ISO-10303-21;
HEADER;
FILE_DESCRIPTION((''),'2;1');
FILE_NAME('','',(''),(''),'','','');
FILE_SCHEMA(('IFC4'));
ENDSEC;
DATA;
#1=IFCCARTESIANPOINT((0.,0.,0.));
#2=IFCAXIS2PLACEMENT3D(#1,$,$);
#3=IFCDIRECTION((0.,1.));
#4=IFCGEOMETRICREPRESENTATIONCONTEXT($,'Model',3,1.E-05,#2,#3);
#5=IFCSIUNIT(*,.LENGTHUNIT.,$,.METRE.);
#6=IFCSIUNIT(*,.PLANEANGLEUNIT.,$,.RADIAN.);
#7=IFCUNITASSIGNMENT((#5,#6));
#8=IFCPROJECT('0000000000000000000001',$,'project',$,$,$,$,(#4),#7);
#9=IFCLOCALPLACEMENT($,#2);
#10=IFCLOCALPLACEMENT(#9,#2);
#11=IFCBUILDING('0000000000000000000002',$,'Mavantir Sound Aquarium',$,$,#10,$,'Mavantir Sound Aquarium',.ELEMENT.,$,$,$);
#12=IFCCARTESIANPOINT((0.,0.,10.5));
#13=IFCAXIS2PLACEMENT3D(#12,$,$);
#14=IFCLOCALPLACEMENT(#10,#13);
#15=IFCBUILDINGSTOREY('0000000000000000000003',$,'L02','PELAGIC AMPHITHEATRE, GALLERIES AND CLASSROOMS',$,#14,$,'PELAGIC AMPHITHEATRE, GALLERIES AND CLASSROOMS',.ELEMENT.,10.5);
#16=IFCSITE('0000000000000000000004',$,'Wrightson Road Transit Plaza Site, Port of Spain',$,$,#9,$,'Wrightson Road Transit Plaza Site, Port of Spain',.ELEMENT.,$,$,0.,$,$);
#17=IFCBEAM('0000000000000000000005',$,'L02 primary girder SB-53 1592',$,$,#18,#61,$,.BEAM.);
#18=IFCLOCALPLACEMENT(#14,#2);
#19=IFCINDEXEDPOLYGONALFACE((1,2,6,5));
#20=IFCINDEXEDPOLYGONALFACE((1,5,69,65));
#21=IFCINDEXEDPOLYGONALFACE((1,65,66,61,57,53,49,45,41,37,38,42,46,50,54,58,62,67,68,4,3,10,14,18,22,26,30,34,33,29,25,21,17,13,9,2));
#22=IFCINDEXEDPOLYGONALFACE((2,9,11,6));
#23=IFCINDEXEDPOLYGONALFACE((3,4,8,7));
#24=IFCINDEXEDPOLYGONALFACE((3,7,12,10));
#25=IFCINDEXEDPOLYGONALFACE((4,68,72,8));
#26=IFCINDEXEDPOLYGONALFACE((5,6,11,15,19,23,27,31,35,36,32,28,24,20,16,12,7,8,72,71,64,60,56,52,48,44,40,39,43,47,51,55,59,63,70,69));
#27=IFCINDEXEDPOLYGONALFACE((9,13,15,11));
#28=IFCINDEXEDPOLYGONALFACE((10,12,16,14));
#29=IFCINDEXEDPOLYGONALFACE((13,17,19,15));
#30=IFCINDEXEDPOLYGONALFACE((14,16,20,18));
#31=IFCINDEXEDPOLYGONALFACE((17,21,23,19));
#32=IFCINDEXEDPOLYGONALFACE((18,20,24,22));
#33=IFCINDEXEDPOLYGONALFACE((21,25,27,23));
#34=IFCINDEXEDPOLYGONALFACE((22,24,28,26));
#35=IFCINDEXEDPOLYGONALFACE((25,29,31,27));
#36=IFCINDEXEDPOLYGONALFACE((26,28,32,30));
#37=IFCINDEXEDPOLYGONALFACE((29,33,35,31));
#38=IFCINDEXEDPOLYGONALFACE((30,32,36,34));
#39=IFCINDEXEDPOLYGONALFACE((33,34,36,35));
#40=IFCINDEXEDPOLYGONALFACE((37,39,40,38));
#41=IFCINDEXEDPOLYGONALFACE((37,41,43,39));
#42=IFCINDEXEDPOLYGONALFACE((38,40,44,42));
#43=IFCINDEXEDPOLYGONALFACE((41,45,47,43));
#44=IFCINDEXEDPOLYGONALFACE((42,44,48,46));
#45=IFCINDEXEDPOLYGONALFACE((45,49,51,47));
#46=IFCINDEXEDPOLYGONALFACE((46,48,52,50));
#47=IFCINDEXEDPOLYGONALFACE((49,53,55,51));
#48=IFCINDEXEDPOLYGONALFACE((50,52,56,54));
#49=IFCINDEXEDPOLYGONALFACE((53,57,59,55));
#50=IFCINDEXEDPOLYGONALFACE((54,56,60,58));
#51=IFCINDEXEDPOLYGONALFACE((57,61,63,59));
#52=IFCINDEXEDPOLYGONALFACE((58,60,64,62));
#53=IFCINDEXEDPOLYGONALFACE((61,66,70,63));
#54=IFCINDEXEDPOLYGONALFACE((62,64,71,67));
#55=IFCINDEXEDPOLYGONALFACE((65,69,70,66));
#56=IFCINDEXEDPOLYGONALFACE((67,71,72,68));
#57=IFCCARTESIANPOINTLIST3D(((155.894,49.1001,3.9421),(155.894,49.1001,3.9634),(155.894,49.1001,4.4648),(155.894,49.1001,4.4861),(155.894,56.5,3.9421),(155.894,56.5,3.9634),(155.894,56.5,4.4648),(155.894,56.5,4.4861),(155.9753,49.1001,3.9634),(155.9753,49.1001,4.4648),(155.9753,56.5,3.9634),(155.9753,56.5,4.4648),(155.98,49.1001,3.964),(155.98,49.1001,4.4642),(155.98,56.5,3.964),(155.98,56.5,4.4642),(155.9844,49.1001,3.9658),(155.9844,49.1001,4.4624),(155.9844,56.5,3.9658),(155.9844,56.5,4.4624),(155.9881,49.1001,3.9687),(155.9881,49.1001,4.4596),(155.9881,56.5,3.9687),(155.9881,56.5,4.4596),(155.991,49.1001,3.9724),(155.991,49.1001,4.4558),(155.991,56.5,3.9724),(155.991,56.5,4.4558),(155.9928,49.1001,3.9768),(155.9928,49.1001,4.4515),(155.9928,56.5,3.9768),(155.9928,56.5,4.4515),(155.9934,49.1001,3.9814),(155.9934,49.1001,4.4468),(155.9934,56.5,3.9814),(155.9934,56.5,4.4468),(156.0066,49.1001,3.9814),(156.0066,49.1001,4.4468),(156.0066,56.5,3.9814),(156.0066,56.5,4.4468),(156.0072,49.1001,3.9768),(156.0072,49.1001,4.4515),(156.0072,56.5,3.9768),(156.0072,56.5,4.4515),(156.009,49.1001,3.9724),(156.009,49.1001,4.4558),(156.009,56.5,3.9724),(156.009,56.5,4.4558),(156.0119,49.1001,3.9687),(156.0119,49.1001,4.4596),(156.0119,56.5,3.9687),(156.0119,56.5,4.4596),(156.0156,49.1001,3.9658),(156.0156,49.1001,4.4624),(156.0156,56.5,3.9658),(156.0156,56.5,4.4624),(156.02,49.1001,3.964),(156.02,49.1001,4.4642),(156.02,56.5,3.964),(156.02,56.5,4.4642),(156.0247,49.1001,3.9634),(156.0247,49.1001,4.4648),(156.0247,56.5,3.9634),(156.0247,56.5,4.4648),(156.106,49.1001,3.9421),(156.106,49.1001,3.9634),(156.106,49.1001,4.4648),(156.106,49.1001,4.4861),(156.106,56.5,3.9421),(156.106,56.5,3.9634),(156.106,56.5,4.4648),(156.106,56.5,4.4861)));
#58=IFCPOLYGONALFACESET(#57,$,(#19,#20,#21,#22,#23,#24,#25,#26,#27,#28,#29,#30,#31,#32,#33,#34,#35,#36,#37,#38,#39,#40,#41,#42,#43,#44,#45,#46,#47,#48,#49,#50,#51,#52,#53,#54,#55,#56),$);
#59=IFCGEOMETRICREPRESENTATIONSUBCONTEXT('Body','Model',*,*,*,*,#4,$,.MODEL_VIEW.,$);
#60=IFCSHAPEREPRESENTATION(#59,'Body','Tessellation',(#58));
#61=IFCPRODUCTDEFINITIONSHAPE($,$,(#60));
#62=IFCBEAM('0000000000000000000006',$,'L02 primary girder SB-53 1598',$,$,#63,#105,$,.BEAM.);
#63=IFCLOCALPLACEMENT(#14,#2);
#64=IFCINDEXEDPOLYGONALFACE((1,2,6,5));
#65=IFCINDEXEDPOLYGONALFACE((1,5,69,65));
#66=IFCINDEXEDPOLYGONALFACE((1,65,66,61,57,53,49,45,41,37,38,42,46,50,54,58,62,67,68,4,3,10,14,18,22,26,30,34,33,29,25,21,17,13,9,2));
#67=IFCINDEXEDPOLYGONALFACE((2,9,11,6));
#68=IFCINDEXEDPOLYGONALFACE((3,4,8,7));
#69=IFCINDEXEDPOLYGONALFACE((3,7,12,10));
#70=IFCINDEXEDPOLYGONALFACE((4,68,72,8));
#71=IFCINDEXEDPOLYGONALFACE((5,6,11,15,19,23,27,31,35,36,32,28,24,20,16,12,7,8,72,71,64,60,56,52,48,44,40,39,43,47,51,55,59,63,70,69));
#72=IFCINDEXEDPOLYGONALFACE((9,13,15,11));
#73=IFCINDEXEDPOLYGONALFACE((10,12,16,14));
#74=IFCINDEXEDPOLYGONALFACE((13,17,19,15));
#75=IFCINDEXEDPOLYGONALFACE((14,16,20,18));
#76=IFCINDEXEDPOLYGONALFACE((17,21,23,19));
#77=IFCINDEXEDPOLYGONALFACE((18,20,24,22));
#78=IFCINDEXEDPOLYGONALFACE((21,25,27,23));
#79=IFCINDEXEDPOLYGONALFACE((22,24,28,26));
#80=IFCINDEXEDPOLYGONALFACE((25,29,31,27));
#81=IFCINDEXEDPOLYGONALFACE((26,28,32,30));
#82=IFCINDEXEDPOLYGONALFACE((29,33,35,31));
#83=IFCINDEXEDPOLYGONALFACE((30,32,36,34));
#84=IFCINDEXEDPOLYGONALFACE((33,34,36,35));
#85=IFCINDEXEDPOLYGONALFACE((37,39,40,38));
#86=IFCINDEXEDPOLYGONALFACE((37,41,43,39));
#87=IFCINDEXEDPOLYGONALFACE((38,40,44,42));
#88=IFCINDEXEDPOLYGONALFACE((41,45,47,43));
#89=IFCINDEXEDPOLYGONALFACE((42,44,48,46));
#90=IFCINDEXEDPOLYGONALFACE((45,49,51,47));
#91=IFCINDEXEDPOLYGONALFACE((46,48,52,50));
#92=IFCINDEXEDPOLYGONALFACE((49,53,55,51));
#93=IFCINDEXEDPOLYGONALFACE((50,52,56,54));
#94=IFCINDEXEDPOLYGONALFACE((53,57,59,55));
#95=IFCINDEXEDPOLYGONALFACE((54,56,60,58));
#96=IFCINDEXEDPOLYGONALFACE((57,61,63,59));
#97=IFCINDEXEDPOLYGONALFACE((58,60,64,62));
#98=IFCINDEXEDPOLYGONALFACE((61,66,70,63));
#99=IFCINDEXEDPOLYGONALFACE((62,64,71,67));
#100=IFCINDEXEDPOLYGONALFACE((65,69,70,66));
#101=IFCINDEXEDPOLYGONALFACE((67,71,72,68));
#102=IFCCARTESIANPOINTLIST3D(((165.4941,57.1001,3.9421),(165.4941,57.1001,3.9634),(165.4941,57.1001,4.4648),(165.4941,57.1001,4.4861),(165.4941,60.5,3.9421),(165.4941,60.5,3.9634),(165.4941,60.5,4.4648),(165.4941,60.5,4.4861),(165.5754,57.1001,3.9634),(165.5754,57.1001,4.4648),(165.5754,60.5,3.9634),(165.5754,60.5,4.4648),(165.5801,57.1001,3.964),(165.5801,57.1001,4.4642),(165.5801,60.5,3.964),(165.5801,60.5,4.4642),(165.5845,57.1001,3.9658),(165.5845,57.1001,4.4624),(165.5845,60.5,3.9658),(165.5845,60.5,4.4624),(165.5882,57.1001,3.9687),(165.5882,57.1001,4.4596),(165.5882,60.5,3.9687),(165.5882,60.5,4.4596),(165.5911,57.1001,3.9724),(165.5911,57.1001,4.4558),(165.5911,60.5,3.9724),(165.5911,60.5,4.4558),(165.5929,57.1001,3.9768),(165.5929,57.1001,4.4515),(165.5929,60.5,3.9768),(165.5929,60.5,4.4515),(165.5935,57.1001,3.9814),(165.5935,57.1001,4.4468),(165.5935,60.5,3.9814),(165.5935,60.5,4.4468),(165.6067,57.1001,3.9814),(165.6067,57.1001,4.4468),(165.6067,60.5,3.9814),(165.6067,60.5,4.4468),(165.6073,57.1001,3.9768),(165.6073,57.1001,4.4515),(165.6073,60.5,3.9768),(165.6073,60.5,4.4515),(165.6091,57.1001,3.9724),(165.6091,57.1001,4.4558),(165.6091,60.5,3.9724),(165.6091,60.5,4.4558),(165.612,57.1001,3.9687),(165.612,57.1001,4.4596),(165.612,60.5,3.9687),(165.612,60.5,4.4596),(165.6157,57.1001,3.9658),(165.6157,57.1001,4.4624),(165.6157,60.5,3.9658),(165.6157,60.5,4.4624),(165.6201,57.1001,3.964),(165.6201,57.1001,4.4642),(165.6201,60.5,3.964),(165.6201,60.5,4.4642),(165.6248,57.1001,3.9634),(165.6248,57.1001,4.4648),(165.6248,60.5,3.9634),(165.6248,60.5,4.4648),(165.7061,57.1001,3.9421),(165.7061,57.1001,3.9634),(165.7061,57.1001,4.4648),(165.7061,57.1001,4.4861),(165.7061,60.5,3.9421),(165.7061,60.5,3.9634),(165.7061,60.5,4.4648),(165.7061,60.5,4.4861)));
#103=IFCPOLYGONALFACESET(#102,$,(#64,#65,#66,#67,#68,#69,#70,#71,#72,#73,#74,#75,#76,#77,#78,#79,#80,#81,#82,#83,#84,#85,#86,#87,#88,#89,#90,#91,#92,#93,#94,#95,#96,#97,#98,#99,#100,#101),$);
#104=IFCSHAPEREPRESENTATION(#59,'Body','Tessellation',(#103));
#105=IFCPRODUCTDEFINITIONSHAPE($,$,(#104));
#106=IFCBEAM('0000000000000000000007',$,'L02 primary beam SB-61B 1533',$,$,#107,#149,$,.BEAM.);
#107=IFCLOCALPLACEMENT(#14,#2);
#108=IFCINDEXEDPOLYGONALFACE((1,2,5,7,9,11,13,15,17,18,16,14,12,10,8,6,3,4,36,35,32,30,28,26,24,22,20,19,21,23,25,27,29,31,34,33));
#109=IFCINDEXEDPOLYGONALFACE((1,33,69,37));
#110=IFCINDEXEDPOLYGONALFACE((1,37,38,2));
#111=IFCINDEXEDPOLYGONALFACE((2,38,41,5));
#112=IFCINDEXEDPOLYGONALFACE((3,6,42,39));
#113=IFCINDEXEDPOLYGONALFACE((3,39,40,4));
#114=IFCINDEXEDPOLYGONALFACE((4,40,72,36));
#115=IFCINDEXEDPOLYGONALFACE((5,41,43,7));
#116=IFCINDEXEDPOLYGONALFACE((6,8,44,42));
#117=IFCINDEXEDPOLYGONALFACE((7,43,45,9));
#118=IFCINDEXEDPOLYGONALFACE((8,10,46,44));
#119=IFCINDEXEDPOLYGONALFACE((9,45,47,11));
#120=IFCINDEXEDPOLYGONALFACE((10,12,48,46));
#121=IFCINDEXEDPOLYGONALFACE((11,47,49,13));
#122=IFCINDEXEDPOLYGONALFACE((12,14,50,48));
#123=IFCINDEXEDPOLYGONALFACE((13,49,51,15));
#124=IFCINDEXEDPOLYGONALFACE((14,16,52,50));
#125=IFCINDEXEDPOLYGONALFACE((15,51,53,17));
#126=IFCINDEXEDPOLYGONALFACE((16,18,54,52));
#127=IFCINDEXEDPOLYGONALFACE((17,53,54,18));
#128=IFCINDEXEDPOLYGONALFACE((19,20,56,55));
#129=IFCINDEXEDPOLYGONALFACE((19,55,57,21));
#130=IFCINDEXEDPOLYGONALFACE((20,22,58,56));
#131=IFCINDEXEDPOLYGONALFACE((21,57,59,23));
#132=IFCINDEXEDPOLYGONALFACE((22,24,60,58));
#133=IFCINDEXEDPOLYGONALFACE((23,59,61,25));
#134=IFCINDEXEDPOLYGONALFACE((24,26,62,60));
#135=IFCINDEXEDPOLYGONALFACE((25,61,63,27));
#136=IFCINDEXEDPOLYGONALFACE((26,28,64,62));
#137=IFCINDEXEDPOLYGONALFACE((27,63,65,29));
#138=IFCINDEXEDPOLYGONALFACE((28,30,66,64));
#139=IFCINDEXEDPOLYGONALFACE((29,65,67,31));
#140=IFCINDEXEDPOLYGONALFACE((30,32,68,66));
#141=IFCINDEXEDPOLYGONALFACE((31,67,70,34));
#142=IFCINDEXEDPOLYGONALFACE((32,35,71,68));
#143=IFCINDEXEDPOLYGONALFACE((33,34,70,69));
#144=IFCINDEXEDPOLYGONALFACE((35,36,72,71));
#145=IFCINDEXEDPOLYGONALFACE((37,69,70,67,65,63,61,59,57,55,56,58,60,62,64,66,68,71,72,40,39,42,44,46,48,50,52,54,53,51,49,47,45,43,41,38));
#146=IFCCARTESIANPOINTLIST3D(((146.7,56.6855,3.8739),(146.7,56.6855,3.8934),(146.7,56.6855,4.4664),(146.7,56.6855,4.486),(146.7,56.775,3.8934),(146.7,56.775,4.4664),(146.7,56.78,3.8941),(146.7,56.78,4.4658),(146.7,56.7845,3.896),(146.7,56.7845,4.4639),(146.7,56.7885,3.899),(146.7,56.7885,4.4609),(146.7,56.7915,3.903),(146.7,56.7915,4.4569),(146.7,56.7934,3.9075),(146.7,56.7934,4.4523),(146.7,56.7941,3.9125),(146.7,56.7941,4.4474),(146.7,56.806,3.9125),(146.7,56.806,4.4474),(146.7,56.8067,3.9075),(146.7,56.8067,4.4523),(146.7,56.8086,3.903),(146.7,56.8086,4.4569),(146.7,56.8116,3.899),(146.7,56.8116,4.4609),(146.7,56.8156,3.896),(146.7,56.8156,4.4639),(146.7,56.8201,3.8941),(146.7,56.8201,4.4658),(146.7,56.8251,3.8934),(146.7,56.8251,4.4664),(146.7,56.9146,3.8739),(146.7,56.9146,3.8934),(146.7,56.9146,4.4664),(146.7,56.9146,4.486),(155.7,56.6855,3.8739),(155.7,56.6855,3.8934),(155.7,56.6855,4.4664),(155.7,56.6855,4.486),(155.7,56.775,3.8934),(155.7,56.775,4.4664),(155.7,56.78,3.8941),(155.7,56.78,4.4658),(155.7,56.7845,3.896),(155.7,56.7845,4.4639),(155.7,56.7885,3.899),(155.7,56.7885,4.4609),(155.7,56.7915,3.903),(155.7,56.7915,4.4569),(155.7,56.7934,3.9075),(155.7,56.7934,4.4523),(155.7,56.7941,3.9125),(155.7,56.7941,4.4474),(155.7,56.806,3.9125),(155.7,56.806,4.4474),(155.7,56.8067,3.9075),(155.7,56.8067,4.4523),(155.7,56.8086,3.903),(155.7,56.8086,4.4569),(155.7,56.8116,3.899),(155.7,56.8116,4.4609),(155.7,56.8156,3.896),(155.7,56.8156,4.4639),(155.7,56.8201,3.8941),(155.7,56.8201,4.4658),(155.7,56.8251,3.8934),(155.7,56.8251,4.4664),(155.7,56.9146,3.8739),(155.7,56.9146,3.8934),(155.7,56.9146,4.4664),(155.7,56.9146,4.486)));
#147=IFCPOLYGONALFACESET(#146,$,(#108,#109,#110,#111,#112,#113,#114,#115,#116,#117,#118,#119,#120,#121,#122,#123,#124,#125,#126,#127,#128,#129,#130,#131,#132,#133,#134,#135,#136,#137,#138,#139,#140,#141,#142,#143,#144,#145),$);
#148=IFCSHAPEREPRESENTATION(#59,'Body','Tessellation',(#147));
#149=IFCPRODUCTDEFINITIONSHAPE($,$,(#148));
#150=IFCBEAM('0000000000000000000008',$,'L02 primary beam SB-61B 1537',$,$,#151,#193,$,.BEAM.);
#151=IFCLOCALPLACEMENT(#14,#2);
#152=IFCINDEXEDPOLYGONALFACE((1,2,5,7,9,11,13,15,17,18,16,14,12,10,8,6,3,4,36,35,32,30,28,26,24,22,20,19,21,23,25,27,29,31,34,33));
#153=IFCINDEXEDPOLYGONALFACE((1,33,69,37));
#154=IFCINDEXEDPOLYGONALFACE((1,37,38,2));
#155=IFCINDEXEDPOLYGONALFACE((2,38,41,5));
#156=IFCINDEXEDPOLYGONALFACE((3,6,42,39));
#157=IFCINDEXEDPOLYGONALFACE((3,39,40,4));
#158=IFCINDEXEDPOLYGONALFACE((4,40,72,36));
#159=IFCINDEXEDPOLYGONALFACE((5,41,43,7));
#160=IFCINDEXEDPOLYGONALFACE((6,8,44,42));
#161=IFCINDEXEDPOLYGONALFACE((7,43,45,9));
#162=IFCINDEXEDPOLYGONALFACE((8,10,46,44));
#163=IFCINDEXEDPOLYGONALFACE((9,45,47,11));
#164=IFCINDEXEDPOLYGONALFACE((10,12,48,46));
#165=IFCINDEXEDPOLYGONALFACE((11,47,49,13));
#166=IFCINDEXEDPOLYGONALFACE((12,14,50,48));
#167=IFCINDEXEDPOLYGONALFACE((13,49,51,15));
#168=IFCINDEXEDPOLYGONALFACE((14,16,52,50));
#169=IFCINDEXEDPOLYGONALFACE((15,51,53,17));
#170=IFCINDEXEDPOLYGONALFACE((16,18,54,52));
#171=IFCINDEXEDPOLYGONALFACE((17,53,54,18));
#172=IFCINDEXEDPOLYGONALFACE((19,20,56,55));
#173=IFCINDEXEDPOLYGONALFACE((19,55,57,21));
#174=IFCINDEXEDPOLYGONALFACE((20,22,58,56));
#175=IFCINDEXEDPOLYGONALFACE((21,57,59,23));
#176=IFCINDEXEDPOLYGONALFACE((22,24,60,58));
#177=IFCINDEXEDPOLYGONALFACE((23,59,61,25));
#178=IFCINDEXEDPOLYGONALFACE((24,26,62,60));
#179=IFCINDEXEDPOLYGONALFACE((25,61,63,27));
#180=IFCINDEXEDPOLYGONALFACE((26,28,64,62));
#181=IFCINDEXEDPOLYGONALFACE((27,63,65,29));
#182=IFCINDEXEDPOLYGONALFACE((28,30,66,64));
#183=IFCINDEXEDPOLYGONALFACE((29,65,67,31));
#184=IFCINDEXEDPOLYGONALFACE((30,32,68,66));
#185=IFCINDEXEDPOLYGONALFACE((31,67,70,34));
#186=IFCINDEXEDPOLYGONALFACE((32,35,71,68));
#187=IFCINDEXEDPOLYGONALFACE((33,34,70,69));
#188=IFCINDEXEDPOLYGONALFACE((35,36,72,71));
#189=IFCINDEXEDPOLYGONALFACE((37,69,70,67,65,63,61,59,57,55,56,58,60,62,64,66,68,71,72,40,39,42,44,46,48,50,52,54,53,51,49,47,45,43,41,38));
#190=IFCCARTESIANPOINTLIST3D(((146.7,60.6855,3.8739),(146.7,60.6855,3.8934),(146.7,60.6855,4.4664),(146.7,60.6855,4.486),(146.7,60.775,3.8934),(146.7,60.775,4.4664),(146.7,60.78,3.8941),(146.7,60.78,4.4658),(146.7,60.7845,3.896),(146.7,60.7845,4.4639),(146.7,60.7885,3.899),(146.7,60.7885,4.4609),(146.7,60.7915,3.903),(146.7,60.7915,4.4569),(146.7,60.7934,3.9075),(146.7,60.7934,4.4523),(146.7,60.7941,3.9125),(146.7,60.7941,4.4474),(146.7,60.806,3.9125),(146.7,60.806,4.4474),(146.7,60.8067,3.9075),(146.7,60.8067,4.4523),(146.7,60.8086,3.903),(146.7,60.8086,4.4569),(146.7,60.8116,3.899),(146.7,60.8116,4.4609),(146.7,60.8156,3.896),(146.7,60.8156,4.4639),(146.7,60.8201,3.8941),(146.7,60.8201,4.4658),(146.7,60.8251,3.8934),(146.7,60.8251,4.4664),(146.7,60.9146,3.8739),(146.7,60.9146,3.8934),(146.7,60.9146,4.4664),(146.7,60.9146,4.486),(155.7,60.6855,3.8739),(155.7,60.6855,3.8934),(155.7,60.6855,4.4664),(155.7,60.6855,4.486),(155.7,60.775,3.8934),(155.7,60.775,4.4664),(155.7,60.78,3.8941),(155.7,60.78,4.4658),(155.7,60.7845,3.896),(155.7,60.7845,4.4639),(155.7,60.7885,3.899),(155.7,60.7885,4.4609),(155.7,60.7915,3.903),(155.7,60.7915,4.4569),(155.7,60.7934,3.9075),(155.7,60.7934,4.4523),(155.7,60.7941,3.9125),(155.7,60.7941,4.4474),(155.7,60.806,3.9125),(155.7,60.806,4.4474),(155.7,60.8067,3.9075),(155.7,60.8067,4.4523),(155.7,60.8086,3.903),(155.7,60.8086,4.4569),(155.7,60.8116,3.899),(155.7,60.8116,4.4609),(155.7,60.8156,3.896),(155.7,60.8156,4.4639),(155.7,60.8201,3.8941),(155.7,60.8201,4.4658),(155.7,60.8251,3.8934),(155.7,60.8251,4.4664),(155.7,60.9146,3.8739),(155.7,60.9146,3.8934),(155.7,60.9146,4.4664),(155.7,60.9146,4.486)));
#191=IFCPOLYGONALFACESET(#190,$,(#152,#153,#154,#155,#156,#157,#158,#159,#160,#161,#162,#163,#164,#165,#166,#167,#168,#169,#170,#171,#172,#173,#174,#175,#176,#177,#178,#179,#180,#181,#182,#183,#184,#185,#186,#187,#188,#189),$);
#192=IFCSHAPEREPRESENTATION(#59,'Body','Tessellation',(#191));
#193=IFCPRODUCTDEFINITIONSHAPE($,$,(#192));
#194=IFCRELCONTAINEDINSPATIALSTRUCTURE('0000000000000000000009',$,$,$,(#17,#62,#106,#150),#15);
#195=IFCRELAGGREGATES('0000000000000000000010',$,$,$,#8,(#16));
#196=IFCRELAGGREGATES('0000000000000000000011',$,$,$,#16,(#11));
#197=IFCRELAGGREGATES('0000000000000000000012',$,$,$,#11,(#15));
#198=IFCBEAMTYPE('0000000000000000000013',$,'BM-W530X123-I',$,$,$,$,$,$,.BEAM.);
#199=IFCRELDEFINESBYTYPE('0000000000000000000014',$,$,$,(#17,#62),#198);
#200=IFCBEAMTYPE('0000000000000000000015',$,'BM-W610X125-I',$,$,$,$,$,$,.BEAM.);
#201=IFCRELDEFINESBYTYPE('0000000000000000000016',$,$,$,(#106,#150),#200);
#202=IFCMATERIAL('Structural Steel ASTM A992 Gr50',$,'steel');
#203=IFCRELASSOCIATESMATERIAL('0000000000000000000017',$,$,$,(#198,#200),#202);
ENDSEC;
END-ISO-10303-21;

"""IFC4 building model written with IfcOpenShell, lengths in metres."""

from ifc_helpers import new_model, si_unit, direction, frame, origin, origin_2d, place, context, subcontext, project, spatial, i_section, extrude, material, material_profile, profile_set, type_object, element, save


model = new_model("IFC4")

# Units and contexts
model_context = context("Model", 3, precision=1e-05, world=origin(), true_north=direction((0.0, 1.0)))
body_context = subcontext(model_context, "Body", "Model", "MODEL_VIEW")
ifc_project = project(units=[si_unit("LENGTHUNIT", "METRE"), si_unit("PLANEANGLEUNIT", "RADIAN")], contexts=[model_context])

# Site, building, storey
site_placement = place(None, origin())
site = spatial("IfcSite", under=ifc_project, at=site_placement, Name="Wrightson Road Transit Plaza Site, Port of Spain", LongName="Wrightson Road Transit Plaza Site, Port of Spain", CompositionType="ELEMENT", RefElevation=0.0)
building_placement = place(site_placement, origin())
building = spatial("IfcBuilding", under=site, at=building_placement, Name="Mavantir Sound Aquarium", LongName="Mavantir Sound Aquarium", CompositionType="ELEMENT")
storey_placement = place(building_placement, frame((0.0, 0.0, 10.5)))
storey = spatial("IfcBuildingStorey", under=building, at=storey_placement, Name="L02", Description="PELAGIC AMPHITHEATRE, GALLERIES AND CLASSROOMS", LongName="PELAGIC AMPHITHEATRE, GALLERIES AND CLASSROOMS", CompositionType="ELEMENT", Elevation=10.5)

# Beams
ifc_material_1 = material(Name="Structural Steel ASTM A992 Gr50", Category="steel")
ifc_material_profile_1 = material_profile(ifc_material_1, i_section(OverallWidth=0.2119, OverallDepth=0.5439, WebThickness=0.0132, FlangeThickness=0.0212, FilletRadius=0.0181, at=origin_2d()), Name="W530X123")
ifc_profile_set_1 = profile_set([ifc_material_profile_1], Name="Structural Steel ASTM A992 Gr50")
beam_type_1 = type_object("IfcBeamType", Name="BM-W530X123-I", PredefinedType="BEAM", material=ifc_profile_set_1)
beam_1_placement = place(storey_placement, frame((156.0, 49.1001, 4.2141), z_axis=(0.0, 1.0, 0.0), x_axis=(-1.0, 0.0, 0.0)))
element("IfcBeam", 1, at=beam_1_placement, inside=storey, type_object=beam_type_1, Name="L02 primary girder SB-53 1592", PredefinedType="BEAM", context=body_context, shape_type="SweptSolid", body=[
    extrude(i_section(OverallWidth=0.2119, OverallDepth=0.5439, WebThickness=0.0132, FlangeThickness=0.0212, FilletRadius=0.0181, at=origin_2d()), origin(), (0.0, 0.0, 1.0), 7.3999),
])
beam_2_placement = place(storey_placement, frame((165.6001, 57.1001, 4.2141), z_axis=(0.0, 1.0, 0.0), x_axis=(-1.0, 0.0, 0.0)))
element("IfcBeam", 2, at=beam_2_placement, inside=storey, type_object=beam_type_1, Name="L02 primary girder SB-53 1598", PredefinedType="BEAM", context=body_context, shape_type="SweptSolid", body=[
    extrude(i_section(OverallWidth=0.2119, OverallDepth=0.5439, WebThickness=0.0132, FlangeThickness=0.0212, FilletRadius=0.0181, at=origin_2d()), origin(), (0.0, 0.0, 1.0), 3.3999),
])
ifc_material_profile_2 = material_profile(ifc_material_1, i_section(OverallWidth=0.229, OverallDepth=0.6121, WebThickness=0.012, FlangeThickness=0.0195, FilletRadius=0.019, at=origin_2d()), Name="W610X125")
ifc_profile_set_2 = profile_set([ifc_material_profile_2], Name="Structural Steel ASTM A992 Gr50")
beam_type_2 = type_object("IfcBeamType", Name="BM-W610X125-I", PredefinedType="BEAM", material=ifc_profile_set_2)
for number, where, z_axis, x_axis, name in (
    (3, (146.7, 56.8, 4.1799), (1.0, 0.0, 0.0), (0.0, 1.0, 0.0), "L02 primary beam SB-61B 1533"),
    (4, (146.7, 60.8, 4.1799), (1.0, 0.0, 0.0), (0.0, 1.0, 0.0), "L02 primary beam SB-61B 1537"),
):
    element("IfcBeam", number, at=place(storey_placement, frame(where, z_axis=z_axis, x_axis=x_axis)), inside=storey, type_object=beam_type_2, Name=name, PredefinedType="BEAM", context=body_context, shape_type="SweptSolid", body=[
        extrude(i_section(OverallWidth=0.229, OverallDepth=0.6121, WebThickness=0.012, FlangeThickness=0.0195, FilletRadius=0.019, at=origin_2d()), origin(), (0.0, 0.0, 1.0), 9.0),
    ])

save(model, "model.ifc")
